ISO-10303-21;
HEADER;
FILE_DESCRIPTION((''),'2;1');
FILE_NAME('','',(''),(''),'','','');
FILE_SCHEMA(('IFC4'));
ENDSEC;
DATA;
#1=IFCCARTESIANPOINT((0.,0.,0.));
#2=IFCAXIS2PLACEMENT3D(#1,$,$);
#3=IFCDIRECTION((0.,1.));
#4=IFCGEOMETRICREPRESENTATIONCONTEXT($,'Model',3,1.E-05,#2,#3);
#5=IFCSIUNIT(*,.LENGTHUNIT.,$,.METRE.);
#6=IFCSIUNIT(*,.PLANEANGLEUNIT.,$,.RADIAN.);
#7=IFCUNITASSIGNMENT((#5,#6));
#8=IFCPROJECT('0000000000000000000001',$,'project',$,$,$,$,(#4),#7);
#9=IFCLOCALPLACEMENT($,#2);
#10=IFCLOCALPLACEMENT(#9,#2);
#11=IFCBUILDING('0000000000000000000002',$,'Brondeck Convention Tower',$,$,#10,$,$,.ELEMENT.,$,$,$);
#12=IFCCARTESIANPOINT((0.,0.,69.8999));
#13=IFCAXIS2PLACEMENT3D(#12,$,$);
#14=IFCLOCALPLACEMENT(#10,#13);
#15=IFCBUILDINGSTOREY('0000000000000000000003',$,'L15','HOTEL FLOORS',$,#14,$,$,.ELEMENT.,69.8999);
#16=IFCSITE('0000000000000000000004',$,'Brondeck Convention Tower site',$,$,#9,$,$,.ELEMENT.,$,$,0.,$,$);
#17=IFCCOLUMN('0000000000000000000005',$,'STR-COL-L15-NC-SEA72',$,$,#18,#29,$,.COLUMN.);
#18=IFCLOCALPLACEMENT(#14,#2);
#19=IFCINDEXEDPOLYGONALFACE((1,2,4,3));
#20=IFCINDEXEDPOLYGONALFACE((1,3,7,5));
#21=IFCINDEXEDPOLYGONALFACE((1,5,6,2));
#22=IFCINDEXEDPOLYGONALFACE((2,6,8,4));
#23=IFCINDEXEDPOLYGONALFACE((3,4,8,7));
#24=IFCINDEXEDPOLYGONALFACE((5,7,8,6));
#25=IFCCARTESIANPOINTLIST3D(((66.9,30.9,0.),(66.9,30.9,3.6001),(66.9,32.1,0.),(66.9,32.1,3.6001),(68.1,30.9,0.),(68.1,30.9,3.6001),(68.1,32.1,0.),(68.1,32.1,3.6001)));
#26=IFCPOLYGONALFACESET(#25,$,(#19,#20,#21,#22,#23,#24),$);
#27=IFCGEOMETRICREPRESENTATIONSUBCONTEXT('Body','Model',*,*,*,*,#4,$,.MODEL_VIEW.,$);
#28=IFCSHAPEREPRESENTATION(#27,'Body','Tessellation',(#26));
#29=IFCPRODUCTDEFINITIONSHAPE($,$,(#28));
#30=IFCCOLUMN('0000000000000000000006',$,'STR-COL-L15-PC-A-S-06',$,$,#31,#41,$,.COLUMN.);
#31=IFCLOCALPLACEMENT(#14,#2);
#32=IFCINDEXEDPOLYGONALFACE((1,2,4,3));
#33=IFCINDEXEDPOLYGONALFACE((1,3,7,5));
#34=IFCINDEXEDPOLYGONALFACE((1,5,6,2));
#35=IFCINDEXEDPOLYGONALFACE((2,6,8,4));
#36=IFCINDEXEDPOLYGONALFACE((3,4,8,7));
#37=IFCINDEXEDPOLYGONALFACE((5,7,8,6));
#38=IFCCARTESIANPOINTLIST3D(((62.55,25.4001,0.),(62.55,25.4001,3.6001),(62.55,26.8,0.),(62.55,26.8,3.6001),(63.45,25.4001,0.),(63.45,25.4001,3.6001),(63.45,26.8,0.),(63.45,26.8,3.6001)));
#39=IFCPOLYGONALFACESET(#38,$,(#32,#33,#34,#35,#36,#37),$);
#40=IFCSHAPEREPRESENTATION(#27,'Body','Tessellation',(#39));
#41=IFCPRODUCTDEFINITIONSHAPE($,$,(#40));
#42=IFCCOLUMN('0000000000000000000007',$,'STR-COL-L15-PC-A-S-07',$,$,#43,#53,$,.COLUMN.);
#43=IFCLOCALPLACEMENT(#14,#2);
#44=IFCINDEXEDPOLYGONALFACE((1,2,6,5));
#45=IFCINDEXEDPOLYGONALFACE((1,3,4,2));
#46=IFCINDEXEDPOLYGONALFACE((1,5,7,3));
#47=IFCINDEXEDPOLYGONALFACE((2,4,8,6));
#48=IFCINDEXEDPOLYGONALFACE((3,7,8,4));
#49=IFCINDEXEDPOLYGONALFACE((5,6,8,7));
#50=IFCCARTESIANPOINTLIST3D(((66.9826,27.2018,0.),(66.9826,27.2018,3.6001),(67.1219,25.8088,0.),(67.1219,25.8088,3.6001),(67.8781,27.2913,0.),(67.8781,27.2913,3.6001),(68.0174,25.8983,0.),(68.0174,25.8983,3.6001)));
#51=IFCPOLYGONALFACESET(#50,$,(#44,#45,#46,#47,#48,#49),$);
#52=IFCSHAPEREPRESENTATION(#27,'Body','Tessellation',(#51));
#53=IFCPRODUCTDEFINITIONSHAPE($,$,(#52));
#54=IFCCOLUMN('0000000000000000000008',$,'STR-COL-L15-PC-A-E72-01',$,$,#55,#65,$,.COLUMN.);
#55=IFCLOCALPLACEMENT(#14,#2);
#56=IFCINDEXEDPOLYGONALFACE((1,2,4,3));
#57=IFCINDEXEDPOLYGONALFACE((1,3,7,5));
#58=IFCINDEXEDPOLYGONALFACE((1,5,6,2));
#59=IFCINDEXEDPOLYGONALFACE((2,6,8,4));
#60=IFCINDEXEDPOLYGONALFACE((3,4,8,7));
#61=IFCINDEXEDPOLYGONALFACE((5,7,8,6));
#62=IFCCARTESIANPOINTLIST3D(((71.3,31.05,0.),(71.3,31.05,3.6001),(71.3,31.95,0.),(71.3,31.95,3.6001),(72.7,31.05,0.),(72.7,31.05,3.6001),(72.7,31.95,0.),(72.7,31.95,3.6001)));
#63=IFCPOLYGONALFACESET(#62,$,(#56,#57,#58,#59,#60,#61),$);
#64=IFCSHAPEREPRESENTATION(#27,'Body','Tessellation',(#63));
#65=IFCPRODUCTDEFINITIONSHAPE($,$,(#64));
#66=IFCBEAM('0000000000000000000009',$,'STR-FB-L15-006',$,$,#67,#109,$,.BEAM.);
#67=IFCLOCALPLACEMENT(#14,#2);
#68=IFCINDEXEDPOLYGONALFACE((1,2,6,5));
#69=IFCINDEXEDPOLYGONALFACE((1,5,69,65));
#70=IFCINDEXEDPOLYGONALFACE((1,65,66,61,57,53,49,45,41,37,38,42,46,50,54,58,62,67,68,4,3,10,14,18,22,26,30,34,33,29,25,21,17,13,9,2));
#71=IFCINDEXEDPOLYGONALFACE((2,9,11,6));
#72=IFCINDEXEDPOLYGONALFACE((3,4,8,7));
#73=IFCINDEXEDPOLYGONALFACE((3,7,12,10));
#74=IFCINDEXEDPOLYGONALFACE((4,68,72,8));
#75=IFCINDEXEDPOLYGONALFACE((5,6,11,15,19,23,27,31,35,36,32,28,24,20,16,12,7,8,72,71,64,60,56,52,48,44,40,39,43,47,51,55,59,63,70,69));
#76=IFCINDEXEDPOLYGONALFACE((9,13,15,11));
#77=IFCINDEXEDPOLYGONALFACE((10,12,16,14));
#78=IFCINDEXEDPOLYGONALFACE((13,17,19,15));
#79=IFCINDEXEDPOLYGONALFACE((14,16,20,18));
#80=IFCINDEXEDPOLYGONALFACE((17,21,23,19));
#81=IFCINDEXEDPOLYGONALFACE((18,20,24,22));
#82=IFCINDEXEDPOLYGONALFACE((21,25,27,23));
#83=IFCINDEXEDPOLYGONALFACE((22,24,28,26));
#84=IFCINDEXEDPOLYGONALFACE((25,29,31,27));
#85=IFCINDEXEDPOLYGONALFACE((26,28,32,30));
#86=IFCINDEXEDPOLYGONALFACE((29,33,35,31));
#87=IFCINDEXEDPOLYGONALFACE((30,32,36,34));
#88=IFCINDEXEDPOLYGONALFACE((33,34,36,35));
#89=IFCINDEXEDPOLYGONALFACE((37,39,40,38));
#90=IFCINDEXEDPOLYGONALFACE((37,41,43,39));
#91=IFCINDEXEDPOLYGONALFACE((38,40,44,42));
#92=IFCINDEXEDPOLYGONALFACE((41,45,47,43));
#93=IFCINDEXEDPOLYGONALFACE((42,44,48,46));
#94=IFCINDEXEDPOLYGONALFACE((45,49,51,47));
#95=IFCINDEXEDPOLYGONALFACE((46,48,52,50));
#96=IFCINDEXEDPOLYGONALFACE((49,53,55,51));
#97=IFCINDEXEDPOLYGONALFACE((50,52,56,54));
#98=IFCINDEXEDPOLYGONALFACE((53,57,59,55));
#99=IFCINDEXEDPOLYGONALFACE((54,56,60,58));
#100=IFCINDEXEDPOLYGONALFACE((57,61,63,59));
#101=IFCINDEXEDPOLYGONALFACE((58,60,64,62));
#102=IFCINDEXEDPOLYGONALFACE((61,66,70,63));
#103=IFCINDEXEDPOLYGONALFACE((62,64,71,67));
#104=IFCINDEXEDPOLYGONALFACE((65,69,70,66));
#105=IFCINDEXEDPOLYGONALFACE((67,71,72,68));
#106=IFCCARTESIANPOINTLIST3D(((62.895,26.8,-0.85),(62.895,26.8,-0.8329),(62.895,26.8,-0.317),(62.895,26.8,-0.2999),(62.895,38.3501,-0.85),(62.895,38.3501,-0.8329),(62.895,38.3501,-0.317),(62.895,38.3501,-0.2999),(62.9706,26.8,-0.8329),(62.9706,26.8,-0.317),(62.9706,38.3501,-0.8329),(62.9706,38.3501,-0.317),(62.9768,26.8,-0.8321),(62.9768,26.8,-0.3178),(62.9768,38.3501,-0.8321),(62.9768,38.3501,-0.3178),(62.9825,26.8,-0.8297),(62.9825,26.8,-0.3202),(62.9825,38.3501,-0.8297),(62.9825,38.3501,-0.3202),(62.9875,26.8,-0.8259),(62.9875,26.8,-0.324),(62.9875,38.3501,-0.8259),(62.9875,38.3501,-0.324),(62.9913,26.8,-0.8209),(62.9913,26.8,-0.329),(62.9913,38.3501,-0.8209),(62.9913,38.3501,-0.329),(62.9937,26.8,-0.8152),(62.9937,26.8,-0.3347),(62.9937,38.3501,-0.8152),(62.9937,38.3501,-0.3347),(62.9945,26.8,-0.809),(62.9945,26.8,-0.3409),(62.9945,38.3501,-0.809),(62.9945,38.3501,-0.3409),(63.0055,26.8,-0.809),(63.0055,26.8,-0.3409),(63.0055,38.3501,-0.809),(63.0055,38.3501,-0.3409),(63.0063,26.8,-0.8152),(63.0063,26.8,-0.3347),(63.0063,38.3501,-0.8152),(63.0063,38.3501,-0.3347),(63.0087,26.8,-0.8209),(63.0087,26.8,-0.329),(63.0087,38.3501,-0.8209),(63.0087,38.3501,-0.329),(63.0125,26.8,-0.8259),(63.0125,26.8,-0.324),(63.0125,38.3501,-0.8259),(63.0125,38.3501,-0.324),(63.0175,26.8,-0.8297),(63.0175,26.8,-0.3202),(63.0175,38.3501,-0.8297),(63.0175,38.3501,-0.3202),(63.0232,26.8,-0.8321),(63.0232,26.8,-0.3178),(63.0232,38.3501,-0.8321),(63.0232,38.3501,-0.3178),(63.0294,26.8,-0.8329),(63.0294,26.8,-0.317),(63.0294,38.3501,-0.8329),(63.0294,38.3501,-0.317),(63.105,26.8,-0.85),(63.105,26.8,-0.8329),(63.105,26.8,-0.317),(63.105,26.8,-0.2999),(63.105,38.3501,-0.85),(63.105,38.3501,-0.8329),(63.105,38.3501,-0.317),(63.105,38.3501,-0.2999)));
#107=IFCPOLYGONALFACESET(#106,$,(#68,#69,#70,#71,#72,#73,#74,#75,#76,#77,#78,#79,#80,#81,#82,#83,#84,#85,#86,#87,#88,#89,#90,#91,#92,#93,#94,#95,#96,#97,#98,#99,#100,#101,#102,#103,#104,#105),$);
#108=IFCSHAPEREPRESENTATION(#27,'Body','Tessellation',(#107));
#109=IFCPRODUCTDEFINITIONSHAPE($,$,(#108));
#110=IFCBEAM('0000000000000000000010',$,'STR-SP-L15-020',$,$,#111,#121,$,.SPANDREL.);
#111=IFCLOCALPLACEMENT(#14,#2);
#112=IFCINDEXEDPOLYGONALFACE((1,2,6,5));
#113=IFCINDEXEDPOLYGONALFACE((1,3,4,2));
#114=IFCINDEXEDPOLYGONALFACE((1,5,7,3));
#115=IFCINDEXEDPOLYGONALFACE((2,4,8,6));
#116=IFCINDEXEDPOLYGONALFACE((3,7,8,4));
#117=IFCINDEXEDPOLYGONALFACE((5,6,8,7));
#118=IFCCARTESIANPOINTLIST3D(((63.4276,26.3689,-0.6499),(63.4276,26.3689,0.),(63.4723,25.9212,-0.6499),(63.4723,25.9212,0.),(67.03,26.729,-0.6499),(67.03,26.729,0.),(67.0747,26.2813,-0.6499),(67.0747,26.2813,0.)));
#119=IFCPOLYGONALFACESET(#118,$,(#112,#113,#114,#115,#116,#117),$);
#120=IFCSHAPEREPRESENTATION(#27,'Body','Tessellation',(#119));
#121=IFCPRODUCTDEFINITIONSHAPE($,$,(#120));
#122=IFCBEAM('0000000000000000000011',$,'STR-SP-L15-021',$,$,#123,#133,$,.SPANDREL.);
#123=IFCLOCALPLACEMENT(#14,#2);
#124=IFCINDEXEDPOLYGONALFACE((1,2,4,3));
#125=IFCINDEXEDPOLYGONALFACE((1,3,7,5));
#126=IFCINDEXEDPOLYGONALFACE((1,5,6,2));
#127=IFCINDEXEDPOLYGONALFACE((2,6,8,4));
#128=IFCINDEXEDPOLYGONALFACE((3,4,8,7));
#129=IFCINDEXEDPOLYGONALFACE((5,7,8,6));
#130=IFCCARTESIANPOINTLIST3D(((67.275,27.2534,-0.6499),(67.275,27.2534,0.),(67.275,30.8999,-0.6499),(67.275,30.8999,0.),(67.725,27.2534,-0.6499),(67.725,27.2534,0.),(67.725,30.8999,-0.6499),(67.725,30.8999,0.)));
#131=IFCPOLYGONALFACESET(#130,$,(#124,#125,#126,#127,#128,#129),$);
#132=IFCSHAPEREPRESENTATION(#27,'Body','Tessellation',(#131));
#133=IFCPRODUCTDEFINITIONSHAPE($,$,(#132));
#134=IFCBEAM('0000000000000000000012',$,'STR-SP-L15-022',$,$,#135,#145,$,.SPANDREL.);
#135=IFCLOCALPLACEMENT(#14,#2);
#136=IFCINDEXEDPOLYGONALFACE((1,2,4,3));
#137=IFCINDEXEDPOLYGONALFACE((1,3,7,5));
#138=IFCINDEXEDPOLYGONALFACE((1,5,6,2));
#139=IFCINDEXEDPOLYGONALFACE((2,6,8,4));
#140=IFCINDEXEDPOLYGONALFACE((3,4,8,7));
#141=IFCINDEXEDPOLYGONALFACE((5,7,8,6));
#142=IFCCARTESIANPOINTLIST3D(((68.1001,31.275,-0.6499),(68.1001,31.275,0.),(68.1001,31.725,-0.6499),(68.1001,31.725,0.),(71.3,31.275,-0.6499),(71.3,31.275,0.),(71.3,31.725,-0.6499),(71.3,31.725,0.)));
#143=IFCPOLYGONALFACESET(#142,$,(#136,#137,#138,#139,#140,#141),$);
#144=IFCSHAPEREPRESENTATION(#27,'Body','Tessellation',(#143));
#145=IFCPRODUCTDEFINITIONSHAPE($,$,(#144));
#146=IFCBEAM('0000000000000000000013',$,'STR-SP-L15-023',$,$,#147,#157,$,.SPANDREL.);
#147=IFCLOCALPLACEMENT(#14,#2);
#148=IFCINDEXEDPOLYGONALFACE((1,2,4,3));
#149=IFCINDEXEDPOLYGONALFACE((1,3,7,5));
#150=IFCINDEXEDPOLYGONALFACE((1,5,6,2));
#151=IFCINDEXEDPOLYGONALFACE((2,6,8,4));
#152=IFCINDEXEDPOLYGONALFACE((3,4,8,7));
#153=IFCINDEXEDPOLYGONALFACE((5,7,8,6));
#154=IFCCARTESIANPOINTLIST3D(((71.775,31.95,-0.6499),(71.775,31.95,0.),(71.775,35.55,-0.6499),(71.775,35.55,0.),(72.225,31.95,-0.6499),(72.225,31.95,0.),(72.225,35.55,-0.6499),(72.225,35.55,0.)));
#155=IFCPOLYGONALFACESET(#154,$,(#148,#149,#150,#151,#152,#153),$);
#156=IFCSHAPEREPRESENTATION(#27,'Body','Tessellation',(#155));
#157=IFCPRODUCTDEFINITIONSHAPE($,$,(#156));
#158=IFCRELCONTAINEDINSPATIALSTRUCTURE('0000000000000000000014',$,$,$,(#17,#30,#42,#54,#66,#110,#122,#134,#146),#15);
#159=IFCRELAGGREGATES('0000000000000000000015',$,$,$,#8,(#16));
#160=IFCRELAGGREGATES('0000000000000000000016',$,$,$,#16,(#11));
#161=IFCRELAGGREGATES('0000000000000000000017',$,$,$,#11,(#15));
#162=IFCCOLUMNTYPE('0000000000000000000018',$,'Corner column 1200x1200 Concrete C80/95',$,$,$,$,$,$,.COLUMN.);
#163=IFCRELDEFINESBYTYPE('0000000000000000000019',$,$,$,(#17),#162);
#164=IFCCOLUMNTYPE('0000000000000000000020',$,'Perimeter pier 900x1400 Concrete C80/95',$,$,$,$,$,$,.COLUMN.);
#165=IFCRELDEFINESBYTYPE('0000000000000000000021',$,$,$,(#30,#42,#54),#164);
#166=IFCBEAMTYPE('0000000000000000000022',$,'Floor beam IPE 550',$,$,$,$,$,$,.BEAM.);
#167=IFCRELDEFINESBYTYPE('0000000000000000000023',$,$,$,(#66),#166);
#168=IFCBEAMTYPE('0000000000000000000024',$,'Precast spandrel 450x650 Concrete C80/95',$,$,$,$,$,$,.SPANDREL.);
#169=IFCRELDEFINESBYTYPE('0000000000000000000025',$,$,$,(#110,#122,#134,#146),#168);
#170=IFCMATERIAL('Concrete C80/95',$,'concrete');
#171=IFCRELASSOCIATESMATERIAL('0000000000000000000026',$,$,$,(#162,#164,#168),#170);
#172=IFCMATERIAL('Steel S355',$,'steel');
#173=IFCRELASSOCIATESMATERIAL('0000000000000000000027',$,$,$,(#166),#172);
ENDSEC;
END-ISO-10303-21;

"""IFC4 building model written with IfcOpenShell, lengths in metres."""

from ifc_helpers import new_model, si_unit, direction, frame, origin, origin_2d, place, context, subcontext, project, spatial, rectangle, i_section, extrude, material, material_profile, profile_set, type_object, element, save


model = new_model("IFC4")

# Units and contexts
model_context = context("Model", 3, precision=1e-05, world=origin(), true_north=direction((0.0, 1.0)))
body_context = subcontext(model_context, "Body", "Model", "MODEL_VIEW")
ifc_project = project(units=[si_unit("LENGTHUNIT", "METRE"), si_unit("PLANEANGLEUNIT", "RADIAN")], contexts=[model_context])

# Site, building, storey
site_placement = place(None, origin())
site = spatial("IfcSite", under=ifc_project, at=site_placement, Name="Brondeck Convention Tower site", CompositionType="ELEMENT", RefElevation=0.0)
building_placement = place(site_placement, origin())
building = spatial("IfcBuilding", under=site, at=building_placement, Name="Brondeck Convention Tower", CompositionType="ELEMENT")
storey_placement = place(building_placement, frame((0.0, 0.0, 69.8999)))
storey = spatial("IfcBuildingStorey", under=building, at=storey_placement, Name="L15", Description="HOTEL FLOORS", CompositionType="ELEMENT", Elevation=69.8999)

# Columns
ifc_material_1 = material(Name="Concrete C80/95", Category="concrete")
ifc_material_profile_1 = material_profile(ifc_material_1, rectangle(XDim=1.2, YDim=1.2, at=origin_2d()), Name="Corner column 1200x1200 Concrete C80/95")
ifc_profile_set_1 = profile_set([ifc_material_profile_1], Name="Concrete C80/95")
column_type_1 = type_object("IfcColumnType", Name="Corner column 1200x1200 Concrete C80/95", PredefinedType="COLUMN", material=ifc_profile_set_1)
column_placement = place(storey_placement, frame((67.5, 31.5, 0.0), z_axis=(0.0, 0.0, 1.0), x_axis=(1.0, 0.0, 0.0)))
element("IfcColumn", 1, at=column_placement, inside=storey, type_object=column_type_1, Name="STR-COL-L15-NC-SEA72", PredefinedType="COLUMN", context=body_context, shape_type="SweptSolid", body=[
    extrude(rectangle(XDim=1.2, YDim=1.2, at=origin_2d()), origin(), (0.0, 0.0, 1.0), 3.6001),
])
ifc_material_profile_2 = material_profile(ifc_material_1, rectangle(XDim=0.8999, YDim=1.3999, at=origin_2d()), Name="Perimeter pier 900x1400 Concrete C80/95")
ifc_profile_set_2 = profile_set([ifc_material_profile_2], Name="Concrete C80/95")
column_type_2 = type_object("IfcColumnType", Name="Perimeter pier 900x1400 Concrete C80/95", PredefinedType="COLUMN", material=ifc_profile_set_2)
for number, where, z_axis, x_axis, name in (
    (2, (63.0, 26.1001, 0.0), (0.0, 0.0, 1.0), (1.0, 0.0, 0.0), "STR-COL-L15-PC-A-S-06"),
    (3, (67.5, 26.55, 0.0), (0.0, 0.0, 1.0), (0.995037, 0.099504, 0.0), "STR-COL-L15-PC-A-S-07"),
    (4, (72.0, 31.5, 0.0), (0.0, 0.0, 1.0), (0.0, 1.0, 0.0), "STR-COL-L15-PC-A-E72-01"),
):
    element("IfcColumn", number, at=place(storey_placement, frame(where, z_axis=z_axis, x_axis=x_axis)), inside=storey, type_object=column_type_2, Name=name, PredefinedType="COLUMN", context=body_context, shape_type="SweptSolid", body=[
        extrude(rectangle(XDim=0.8999, YDim=1.3999, at=origin_2d()), origin(), (0.0, 0.0, 1.0), 3.6001),
    ])

# Beams
ifc_material_2 = material(Name="Steel S355", Category="steel")
ifc_material_profile_3 = material_profile(ifc_material_2, i_section(OverallWidth=0.21, OverallDepth=0.55, WebThickness=0.011, FlangeThickness=0.0171, FilletRadius=0.0239, at=origin_2d()), Name="IPE 550")
ifc_profile_set_3 = profile_set([ifc_material_profile_3], Name="Steel S355")
beam_type_1 = type_object("IfcBeamType", Name="Floor beam IPE 550", PredefinedType="BEAM", material=ifc_profile_set_3)
beam_1_placement = place(storey_placement, frame((63.0, 26.8, -0.575), z_axis=(0.0, 1.0, 0.0), x_axis=(-1.0, 0.0, 0.0)))
element("IfcBeam", 5, at=beam_1_placement, inside=storey, type_object=beam_type_1, Name="STR-FB-L15-006", PredefinedType="BEAM", context=body_context, shape_type="SweptSolid", body=[
    extrude(i_section(OverallWidth=0.21, OverallDepth=0.55, WebThickness=0.011, FlangeThickness=0.0171, FilletRadius=0.0239, at=origin_2d()), origin(), (0.0, 0.0, 1.0), 11.55),
])
ifc_material_profile_4 = material_profile(ifc_material_1, rectangle(XDim=0.45, YDim=0.6499, at=origin_2d()), Name="Precast spandrel 450x650 Concrete C80/95")
ifc_profile_set_4 = profile_set([ifc_material_profile_4], Name="Concrete C80/95")
beam_type_2 = type_object("IfcBeamType", Name="Precast spandrel 450x650 Concrete C80/95", PredefinedType="SPANDREL", material=ifc_profile_set_4)
beam_2_placement = place(storey_placement, frame((63.45, 26.145, -0.325), z_axis=(0.995041, 0.09947, 0.0), x_axis=(-0.09947, 0.995041, 0.0)))
element("IfcBeam", 6, at=beam_2_placement, inside=storey, type_object=beam_type_2, Name="STR-SP-L15-020", PredefinedType="SPANDREL", context=body_context, shape_type="SweptSolid", body=[
    extrude(rectangle(XDim=0.45, YDim=0.6499, at=origin_2d()), origin(), (0.0, 0.0, 1.0), 3.6204),
])
beam_3_placement = place(storey_placement, frame((67.5, 27.2534, -0.325), z_axis=(0.0, 1.0, 0.0), x_axis=(-1.0, 0.0, 0.0)))
element("IfcBeam", 7, at=beam_3_placement, inside=storey, type_object=beam_type_2, Name="STR-SP-L15-021", PredefinedType="SPANDREL", context=body_context, shape_type="SweptSolid", body=[
    extrude(rectangle(XDim=0.45, YDim=0.6499, at=origin_2d()), origin(), (0.0, 0.0, 1.0), 3.6465),
])
beam_4_placement = place(storey_placement, frame((68.1001, 31.5, -0.325), z_axis=(1.0, 0.0, 0.0), x_axis=(0.0, 1.0, 0.0)))
element("IfcBeam", 8, at=beam_4_placement, inside=storey, type_object=beam_type_2, Name="STR-SP-L15-022", PredefinedType="SPANDREL", context=body_context, shape_type="SweptSolid", body=[
    extrude(rectangle(XDim=0.45, YDim=0.6499, at=origin_2d()), origin(), (0.0, 0.0, 1.0), 3.2),
])
beam_5_placement = place(storey_placement, frame((72.0, 31.95, -0.325), z_axis=(0.0, 1.0, 0.0), x_axis=(-1.0, 0.0, 0.0)))
element("IfcBeam", 9, at=beam_5_placement, inside=storey, type_object=beam_type_2, Name="STR-SP-L15-023", PredefinedType="SPANDREL", context=body_context, shape_type="SweptSolid", body=[
    extrude(rectangle(XDim=0.45, YDim=0.6499, at=origin_2d()), origin(), (0.0, 0.0, 1.0), 3.6001),
])

save(model, "model.ifc")
